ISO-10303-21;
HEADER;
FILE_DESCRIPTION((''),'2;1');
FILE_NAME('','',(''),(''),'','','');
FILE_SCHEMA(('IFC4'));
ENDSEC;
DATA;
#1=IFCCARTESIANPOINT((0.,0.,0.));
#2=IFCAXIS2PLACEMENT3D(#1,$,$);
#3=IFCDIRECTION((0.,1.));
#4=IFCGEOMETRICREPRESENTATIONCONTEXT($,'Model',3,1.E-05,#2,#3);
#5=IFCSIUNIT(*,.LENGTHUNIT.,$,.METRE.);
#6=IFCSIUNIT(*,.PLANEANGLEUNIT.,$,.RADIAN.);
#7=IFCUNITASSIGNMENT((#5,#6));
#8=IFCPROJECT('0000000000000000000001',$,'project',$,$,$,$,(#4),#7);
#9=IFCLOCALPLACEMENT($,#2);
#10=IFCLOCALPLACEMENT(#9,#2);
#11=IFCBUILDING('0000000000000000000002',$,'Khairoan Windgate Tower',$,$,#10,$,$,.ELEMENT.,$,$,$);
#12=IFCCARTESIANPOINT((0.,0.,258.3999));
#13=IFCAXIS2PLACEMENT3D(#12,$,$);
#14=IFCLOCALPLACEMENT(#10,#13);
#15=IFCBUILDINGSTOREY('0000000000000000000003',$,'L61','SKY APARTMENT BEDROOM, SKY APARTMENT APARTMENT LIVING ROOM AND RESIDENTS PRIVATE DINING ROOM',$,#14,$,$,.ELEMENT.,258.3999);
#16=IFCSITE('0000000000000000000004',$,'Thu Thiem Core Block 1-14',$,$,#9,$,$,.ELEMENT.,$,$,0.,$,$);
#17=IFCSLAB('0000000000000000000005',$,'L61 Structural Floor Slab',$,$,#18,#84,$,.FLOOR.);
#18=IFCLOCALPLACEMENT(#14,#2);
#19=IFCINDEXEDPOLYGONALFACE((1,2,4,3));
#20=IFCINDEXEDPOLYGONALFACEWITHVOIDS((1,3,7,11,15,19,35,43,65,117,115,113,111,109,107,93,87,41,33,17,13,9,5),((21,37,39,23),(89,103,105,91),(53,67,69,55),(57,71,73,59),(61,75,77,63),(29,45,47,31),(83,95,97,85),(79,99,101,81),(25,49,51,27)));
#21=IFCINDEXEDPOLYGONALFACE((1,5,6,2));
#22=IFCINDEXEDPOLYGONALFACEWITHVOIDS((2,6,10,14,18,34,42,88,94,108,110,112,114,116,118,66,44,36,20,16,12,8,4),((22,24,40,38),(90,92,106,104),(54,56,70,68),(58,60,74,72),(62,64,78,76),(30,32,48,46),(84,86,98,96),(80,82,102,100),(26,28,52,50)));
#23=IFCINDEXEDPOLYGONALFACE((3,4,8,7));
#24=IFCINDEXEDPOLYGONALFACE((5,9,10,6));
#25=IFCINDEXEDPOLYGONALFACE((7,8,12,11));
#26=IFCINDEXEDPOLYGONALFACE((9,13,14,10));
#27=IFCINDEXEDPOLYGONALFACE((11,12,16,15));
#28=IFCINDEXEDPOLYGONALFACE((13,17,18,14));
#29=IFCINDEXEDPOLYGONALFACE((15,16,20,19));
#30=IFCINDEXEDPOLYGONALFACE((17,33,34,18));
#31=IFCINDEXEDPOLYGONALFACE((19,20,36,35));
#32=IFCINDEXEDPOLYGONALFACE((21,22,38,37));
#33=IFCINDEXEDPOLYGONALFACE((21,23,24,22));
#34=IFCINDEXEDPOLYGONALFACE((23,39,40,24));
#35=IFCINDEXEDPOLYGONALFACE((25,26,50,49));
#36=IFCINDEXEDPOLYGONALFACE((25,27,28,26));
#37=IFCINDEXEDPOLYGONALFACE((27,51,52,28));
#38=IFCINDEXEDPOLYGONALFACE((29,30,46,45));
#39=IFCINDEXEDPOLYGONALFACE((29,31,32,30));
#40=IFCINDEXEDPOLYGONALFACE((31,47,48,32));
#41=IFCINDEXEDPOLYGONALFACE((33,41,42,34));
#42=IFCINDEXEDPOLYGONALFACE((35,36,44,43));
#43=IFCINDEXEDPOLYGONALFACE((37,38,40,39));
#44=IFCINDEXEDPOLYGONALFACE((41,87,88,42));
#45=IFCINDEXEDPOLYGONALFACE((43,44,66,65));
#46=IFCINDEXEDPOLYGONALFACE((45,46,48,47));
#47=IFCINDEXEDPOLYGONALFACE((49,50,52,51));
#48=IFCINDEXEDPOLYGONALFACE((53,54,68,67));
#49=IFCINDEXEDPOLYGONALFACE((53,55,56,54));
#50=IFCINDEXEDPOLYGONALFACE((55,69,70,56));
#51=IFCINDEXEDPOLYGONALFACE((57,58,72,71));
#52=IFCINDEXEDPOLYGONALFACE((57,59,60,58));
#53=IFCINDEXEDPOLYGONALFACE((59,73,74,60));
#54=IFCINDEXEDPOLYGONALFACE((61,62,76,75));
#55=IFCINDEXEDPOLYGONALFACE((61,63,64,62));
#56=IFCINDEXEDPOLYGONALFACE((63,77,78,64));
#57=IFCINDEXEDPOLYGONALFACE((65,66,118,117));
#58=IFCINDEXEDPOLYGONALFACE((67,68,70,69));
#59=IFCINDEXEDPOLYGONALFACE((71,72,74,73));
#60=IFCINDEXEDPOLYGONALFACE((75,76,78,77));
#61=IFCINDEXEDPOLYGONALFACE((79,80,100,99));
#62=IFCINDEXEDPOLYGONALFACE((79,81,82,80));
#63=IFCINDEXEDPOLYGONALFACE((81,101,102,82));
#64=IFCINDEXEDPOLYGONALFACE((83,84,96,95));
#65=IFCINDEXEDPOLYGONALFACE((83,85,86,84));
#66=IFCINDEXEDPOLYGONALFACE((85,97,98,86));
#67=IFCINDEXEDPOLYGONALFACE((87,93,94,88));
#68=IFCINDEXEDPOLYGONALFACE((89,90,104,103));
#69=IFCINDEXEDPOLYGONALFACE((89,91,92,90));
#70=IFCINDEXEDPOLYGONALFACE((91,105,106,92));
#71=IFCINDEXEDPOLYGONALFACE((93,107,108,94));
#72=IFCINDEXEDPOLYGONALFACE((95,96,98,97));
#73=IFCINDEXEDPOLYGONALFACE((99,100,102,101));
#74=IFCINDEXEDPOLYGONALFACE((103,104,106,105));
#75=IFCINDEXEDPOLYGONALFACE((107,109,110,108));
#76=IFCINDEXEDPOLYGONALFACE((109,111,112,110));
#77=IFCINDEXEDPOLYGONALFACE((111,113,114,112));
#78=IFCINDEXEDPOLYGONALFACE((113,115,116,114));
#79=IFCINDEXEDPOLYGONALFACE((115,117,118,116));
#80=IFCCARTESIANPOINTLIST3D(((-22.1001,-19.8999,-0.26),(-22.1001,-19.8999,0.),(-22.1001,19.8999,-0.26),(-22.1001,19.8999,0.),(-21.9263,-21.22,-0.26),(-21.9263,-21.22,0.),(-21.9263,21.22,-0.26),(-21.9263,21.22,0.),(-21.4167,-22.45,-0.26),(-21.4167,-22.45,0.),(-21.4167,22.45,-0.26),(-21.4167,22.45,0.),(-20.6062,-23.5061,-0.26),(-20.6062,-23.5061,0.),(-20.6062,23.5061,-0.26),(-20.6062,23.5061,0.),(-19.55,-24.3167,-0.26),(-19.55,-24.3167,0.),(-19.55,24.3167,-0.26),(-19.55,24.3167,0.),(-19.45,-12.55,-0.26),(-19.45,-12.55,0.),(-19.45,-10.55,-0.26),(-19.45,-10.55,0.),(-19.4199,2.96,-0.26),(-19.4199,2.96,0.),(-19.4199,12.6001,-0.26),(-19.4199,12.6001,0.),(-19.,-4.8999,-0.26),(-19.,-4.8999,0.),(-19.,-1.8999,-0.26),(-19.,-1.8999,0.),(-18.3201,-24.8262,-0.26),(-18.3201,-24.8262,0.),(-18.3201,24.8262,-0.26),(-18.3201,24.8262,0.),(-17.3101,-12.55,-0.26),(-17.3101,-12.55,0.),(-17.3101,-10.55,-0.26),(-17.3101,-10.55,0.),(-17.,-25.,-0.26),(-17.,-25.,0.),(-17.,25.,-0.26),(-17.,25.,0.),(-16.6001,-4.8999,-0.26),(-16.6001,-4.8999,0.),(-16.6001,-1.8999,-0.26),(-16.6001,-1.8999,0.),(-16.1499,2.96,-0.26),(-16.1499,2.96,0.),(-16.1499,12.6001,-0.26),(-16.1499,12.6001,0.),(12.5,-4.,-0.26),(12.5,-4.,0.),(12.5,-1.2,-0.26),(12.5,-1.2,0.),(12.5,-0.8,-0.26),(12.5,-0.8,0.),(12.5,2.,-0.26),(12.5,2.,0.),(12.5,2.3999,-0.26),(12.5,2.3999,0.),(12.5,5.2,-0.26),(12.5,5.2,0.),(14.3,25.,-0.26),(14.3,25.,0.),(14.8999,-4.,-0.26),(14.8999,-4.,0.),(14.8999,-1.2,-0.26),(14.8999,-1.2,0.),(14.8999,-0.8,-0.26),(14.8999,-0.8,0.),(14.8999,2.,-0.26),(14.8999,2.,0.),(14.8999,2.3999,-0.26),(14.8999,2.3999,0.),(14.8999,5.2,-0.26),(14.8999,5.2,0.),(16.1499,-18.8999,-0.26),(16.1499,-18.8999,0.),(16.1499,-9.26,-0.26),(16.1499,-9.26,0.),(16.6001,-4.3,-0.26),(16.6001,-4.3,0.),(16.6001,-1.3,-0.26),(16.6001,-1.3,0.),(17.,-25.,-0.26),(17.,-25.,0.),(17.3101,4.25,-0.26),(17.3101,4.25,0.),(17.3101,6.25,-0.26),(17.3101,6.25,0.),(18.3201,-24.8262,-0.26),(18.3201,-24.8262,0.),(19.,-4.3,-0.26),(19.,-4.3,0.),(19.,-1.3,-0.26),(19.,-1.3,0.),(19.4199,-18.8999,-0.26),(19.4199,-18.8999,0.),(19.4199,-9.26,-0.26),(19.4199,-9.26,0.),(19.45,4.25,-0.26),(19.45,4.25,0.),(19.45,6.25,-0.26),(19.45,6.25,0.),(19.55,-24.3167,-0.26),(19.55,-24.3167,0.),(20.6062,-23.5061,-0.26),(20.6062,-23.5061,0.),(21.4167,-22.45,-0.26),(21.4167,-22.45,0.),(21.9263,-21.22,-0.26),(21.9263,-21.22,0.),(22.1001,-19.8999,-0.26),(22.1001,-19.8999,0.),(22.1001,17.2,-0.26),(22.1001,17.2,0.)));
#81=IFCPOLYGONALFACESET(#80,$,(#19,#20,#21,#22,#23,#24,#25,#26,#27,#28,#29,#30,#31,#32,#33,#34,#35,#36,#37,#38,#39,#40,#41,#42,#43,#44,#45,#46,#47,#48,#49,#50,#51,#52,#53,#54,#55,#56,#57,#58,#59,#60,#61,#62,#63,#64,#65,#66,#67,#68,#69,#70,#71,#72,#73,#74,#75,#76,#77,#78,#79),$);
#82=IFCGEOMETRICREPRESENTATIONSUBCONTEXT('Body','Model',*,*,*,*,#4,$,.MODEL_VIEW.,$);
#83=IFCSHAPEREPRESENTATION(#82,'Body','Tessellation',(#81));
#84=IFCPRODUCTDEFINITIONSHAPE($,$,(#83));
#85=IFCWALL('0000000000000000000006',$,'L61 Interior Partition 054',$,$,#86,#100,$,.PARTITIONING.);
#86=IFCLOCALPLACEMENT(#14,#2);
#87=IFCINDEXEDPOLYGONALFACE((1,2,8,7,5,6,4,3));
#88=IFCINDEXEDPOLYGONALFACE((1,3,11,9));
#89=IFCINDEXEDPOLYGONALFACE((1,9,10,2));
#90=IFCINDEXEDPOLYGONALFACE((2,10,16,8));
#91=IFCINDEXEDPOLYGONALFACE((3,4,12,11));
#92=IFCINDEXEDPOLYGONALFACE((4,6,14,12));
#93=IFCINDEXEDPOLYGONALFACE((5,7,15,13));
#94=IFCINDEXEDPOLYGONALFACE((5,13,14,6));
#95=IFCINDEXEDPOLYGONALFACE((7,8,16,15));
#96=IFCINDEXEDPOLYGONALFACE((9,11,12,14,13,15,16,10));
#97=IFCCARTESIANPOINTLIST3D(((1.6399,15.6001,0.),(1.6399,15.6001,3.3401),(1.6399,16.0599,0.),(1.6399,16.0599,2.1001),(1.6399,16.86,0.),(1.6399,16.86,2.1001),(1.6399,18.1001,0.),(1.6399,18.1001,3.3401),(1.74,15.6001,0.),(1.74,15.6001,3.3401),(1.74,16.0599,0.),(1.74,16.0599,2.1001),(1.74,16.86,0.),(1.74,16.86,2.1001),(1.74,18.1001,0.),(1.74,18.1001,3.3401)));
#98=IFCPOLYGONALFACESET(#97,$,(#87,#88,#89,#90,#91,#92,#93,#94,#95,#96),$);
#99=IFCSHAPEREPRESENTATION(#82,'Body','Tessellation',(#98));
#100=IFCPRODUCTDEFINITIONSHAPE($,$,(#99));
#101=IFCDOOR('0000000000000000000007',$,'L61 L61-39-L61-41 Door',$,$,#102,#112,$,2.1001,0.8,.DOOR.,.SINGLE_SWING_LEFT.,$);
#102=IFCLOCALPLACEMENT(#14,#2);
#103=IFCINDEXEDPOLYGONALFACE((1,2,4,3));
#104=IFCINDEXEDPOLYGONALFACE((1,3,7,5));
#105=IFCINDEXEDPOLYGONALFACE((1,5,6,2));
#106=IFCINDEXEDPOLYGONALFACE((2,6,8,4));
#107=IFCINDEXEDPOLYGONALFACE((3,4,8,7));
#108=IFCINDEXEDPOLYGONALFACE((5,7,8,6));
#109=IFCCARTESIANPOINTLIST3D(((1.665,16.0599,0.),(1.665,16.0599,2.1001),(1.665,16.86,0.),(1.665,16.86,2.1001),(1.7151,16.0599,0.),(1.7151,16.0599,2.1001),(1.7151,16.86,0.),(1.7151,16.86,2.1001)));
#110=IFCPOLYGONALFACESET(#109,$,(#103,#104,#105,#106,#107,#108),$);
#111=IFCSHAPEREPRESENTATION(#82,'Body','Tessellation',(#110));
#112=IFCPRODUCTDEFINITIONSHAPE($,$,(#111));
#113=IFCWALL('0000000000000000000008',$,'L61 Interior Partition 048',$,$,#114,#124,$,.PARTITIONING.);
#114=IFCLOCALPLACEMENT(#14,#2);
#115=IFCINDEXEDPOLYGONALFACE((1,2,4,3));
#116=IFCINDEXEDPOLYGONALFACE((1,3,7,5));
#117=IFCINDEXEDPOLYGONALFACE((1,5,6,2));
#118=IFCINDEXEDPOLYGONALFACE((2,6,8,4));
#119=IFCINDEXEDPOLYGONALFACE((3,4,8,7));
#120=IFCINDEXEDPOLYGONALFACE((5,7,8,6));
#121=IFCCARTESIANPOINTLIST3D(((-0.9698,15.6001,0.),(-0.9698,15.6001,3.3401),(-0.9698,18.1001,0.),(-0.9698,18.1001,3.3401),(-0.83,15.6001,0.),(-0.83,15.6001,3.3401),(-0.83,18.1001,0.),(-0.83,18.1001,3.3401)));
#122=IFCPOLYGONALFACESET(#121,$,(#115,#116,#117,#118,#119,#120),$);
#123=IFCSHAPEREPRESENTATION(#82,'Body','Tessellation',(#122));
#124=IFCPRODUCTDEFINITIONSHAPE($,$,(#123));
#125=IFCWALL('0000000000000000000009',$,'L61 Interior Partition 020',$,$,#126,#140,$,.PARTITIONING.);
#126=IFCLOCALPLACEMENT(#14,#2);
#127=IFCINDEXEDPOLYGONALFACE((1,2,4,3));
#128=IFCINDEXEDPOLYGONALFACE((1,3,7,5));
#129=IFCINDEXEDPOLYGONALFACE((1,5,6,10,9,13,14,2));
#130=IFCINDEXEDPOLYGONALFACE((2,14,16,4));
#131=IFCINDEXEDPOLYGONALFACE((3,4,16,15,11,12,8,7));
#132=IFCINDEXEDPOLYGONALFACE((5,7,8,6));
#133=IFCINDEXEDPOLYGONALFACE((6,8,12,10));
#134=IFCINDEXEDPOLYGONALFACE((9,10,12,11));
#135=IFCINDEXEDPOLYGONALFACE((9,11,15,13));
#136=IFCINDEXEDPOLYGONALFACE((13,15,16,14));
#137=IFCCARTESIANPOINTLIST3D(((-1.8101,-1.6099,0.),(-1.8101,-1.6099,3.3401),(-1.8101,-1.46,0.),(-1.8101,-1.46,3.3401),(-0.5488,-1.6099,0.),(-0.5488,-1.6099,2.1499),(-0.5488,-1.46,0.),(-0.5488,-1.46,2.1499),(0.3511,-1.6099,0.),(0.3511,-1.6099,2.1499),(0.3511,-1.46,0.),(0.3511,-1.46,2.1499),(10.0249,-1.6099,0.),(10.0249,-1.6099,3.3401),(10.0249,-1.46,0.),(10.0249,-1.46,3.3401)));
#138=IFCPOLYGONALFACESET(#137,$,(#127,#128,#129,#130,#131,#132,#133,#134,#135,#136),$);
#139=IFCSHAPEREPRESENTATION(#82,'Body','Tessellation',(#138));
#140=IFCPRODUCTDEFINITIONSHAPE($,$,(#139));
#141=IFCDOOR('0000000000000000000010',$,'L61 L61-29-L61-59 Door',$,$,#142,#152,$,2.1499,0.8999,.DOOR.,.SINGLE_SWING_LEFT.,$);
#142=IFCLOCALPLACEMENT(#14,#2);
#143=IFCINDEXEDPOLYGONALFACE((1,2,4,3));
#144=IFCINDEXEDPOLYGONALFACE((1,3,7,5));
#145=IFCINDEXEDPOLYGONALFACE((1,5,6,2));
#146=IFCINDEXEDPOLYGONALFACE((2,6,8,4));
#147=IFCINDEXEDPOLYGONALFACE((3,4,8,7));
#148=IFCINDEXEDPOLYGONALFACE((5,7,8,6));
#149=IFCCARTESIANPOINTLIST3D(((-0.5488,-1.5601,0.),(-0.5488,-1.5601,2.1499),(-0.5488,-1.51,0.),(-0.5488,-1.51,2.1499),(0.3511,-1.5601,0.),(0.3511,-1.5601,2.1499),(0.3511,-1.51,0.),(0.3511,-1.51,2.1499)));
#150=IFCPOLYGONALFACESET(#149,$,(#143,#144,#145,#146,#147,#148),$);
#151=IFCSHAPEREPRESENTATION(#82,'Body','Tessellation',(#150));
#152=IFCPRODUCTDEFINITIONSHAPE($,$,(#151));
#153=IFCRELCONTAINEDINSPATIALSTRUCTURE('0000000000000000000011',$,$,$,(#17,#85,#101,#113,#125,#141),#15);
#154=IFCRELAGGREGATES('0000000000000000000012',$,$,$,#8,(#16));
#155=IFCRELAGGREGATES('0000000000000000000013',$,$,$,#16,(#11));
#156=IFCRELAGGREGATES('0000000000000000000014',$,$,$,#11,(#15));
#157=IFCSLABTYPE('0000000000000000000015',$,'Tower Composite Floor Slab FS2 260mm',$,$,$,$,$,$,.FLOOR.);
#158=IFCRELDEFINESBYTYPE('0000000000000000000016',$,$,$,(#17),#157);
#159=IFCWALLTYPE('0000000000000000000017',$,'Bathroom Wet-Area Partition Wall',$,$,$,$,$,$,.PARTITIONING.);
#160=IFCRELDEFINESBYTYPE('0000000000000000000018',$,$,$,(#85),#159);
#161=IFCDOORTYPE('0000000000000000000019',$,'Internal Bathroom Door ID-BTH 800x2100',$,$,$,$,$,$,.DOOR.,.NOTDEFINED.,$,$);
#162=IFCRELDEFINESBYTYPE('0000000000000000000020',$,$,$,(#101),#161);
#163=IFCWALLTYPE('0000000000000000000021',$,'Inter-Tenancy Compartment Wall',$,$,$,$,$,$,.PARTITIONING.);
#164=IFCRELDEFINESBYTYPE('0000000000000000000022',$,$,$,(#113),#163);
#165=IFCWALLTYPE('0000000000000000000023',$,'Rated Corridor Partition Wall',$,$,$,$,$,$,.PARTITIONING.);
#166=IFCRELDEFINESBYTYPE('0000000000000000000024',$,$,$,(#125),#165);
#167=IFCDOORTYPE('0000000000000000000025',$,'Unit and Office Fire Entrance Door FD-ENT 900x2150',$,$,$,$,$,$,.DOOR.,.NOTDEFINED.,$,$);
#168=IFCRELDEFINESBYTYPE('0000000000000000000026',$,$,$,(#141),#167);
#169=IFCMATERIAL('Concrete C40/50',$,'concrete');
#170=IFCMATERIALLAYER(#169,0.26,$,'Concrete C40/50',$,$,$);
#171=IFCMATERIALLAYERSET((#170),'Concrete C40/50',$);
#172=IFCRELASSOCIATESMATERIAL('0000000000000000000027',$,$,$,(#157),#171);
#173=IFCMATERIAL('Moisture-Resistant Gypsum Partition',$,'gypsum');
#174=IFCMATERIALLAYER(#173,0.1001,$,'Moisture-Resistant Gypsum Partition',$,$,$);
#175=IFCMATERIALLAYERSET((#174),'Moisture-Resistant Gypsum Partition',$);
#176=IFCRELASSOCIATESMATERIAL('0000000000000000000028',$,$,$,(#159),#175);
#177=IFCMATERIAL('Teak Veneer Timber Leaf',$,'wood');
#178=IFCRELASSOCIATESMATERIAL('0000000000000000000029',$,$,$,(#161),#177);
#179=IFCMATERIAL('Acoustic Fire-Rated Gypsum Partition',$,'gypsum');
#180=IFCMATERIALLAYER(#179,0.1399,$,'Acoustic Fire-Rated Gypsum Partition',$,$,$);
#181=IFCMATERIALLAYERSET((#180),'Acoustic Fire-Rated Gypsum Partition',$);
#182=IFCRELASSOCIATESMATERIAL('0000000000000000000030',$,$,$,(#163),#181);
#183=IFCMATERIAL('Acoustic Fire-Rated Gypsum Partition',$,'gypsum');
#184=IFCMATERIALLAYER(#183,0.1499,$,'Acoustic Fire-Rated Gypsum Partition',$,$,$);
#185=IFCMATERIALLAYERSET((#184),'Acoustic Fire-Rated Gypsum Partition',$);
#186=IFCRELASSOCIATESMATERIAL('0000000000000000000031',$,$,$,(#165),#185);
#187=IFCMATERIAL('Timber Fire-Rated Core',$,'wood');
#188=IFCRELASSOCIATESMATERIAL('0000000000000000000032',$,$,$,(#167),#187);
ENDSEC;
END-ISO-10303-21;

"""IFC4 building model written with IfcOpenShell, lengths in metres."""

from ifc_helpers import new_model, si_unit, direction, frame, frame_2d, origin, place, context, subcontext, project, spatial, polyline, rectangle, outline, extrude, material, layer, layer_set, type_object, element, fill, save


model = new_model("IFC4")

# Units and contexts
model_context = context("Model", 3, precision=1e-05, world=origin(), true_north=direction((0.0, 1.0)))
body_context = subcontext(model_context, "Body", "Model", "MODEL_VIEW")
ifc_project = project(units=[si_unit("LENGTHUNIT", "METRE"), si_unit("PLANEANGLEUNIT", "RADIAN")], contexts=[model_context])

# Site, building, storey
site_placement = place(None, origin())
site = spatial("IfcSite", under=ifc_project, at=site_placement, Name="Thu Thiem Core Block 1-14", CompositionType="ELEMENT", RefElevation=0.0)
building_placement = place(site_placement, origin())
building = spatial("IfcBuilding", under=site, at=building_placement, Name="Khairoan Windgate Tower", CompositionType="ELEMENT")
storey_placement = place(building_placement, frame((0.0, 0.0, 258.3999)))
storey = spatial("IfcBuildingStorey", under=building, at=storey_placement, Name="L61", Description="SKY APARTMENT BEDROOM, SKY APARTMENT APARTMENT LIVING ROOM AND RESIDENTS PRIVATE DINING ROOM", CompositionType="ELEMENT", Elevation=258.3999)

# Slab
ifc_material_1 = material(Name="Concrete C40/50", Category="concrete")
ifc_layer_1 = layer(ifc_material_1, 0.26, Name="Concrete C40/50")
ifc_layer_set_1 = layer_set([ifc_layer_1], Name="Concrete C40/50")
slab_type_1 = type_object("IfcSlabType", Name="Tower Composite Floor Slab FS2 260mm", PredefinedType="FLOOR", material=ifc_layer_set_1)
slab_1_placement = place(storey_placement, frame((0.0, 0.0, -0.26)))
element("IfcSlab", 1, at=slab_1_placement, inside=storey, type_object=slab_type_1, Name="L61 Structural Floor Slab", PredefinedType="FLOOR", context=body_context, shape_type="SweptSolid", body=[
    extrude(outline(polyline([(17.0, -25.0), (18.3201, -24.8262), (19.55, -24.3167), (20.6062, -23.5061), (21.4167, -22.45), (21.9263, -21.22), (22.1001, -19.8999), (22.1001, 17.2), (14.3, 25.0), (-17.0, 25.0), (-18.3201, 24.8262), (-19.55, 24.3167), (-20.6062, 23.5061), (-21.4167, 22.45), (-21.9263, 21.22), (-22.1001, 19.8999), (-22.1001, -19.8999), (-21.9263, -21.22), (-21.4167, -22.45), (-20.6062, -23.5061), (-19.55, -24.3167), (-18.3201, -24.8262), (-17.0, -25.0), (17.0, -25.0)]), holes=[polyline([(16.1499, -9.26), (16.1499, -18.8999), (19.4199, -18.8999), (19.4199, -9.26), (16.1499, -9.26)]), polyline([(-16.1499, 2.96), (-16.1499, 12.6001), (-19.4199, 12.6001), (-19.4199, 2.96), (-16.1499, 2.96)]), polyline([(12.5, 2.3999), (14.8999, 2.3999), (14.8999, 5.2), (12.5, 5.2), (12.5, 2.3999)]), polyline([(12.5, -0.8), (14.8999, -0.8), (14.8999, 2.0), (12.5, 2.0), (12.5, -0.8)]), polyline([(12.5, -4.0), (14.8999, -4.0), (14.8999, -1.2), (12.5, -1.2), (12.5, -4.0)]), polyline([(16.6001, -4.3), (19.0, -4.3), (19.0, -1.3), (16.6001, -1.3), (16.6001, -4.3)]), polyline([(-19.0, -4.8999), (-16.6001, -4.8999), (-16.6001, -1.8999), (-19.0, -1.8999), (-19.0, -4.8999)]), polyline([(-19.45, -12.55), (-17.3101, -12.55), (-17.3101, -10.55), (-19.45, -10.55), (-19.45, -12.55)]), polyline([(17.3101, 4.25), (19.45, 4.25), (19.45, 6.25), (17.3101, 6.25), (17.3101, 4.25)])]), origin(), (0.0, 0.0, 1.0), 0.26),
])

# Wall, opening, door
ifc_material_2 = material(Name="Moisture-Resistant Gypsum Partition", Category="gypsum")
ifc_layer_2 = layer(ifc_material_2, 0.1001, Name="Moisture-Resistant Gypsum Partition")
ifc_layer_set_2 = layer_set([ifc_layer_2], Name="Moisture-Resistant Gypsum Partition")
wall_type_1 = type_object("IfcWallType", Name="Bathroom Wet-Area Partition Wall", PredefinedType="PARTITIONING", material=ifc_layer_set_2)
wall_1_placement = place(storey_placement, frame((1.6899, 15.6001, 0.0), z_axis=(0.0, 0.0, 1.0), x_axis=(0.0, 1.0, 0.0)))
wall_1 = element("IfcWall", 2, at=wall_1_placement, inside=storey, type_object=wall_type_1, Name="L61 Interior Partition 054", PredefinedType="PARTITIONING", context=body_context, shape_type="SweptSolid", body=[
    extrude(rectangle(XDim=2.5, YDim=0.1001, at=frame_2d((1.25, 0.0))), origin(), (0.0, 0.0, 1.0), 3.3401),
])
opening_1_placement = place(wall_1_placement, frame((0.46, 0.0, 0.0)))
opening_1 = element("IfcOpeningElement", 3, at=opening_1_placement, cuts=wall_1, PredefinedType="OPENING", context=body_context, shape_type="SweptSolid", body=[
    extrude(rectangle(XDim=0.8, YDim=2.1001, at=frame_2d((0.3999, 1.05))), frame((0.0, 0.0601, 0.0), z_axis=(0.0, -1.0, 0.0), x_axis=(1.0, 0.0, 0.0)), (0.0, 0.0, 1.0), 0.1201),
])
ifc_material_3 = material(Name="Teak Veneer Timber Leaf", Category="wood")
door_type_1 = type_object("IfcDoorType", Name="Internal Bathroom Door ID-BTH 800x2100", OperationType="NOTDEFINED", PredefinedType="DOOR", material=ifc_material_3)
door_1_placement = place(opening_1_placement, origin())
door_1 = element("IfcDoor", 4, at=door_1_placement, inside=storey, type_object=door_type_1, Name="L61 L61-39-L61-41 Door", OperationType="SINGLE_SWING_LEFT", OverallHeight=2.1001, OverallWidth=0.8, PredefinedType="DOOR", context=body_context, shape_type="SweptSolid", body=[
    extrude(rectangle(XDim=0.8, YDim=2.1001, at=frame_2d((0.3999, 1.05))), frame((0.0, 0.0249, 0.0), z_axis=(0.0, -1.0, 0.0), x_axis=(1.0, 0.0, 0.0)), (0.0, 0.0, 1.0), 0.05),
])
fill(opening_1, door_1)

# Wall
ifc_material_4 = material(Name="Acoustic Fire-Rated Gypsum Partition", Category="gypsum")
ifc_layer_3 = layer(ifc_material_4, 0.1399, Name="Acoustic Fire-Rated Gypsum Partition")
ifc_layer_set_3 = layer_set([ifc_layer_3], Name="Acoustic Fire-Rated Gypsum Partition")
wall_type_2 = type_object("IfcWallType", Name="Inter-Tenancy Compartment Wall", PredefinedType="PARTITIONING", material=ifc_layer_set_3)
wall_2_placement = place(storey_placement, frame((-0.8999, 15.6001, 0.0), z_axis=(0.0, 0.0, 1.0), x_axis=(0.0, 1.0, 0.0)))
element("IfcWall", 5, at=wall_2_placement, inside=storey, type_object=wall_type_2, Name="L61 Interior Partition 048", PredefinedType="PARTITIONING", context=body_context, shape_type="SweptSolid", body=[
    extrude(rectangle(XDim=2.5, YDim=0.1399, at=frame_2d((1.25, 0.0))), origin(), (0.0, 0.0, 1.0), 3.3401),
])

# Wall, opening, door
ifc_material_5 = material(Name="Acoustic Fire-Rated Gypsum Partition", Category="gypsum")
ifc_layer_4 = layer(ifc_material_5, 0.1499, Name="Acoustic Fire-Rated Gypsum Partition")
ifc_layer_set_4 = layer_set([ifc_layer_4], Name="Acoustic Fire-Rated Gypsum Partition")
wall_type_3 = type_object("IfcWallType", Name="Rated Corridor Partition Wall", PredefinedType="PARTITIONING", material=ifc_layer_set_4)
wall_3_placement = place(storey_placement, frame((-1.8101, -1.5349, 0.0), z_axis=(0.0, 0.0, 1.0), x_axis=(1.0, 0.0, 0.0)))
wall_3 = element("IfcWall", 6, at=wall_3_placement, inside=storey, type_object=wall_type_3, Name="L61 Interior Partition 020", PredefinedType="PARTITIONING", context=body_context, shape_type="SweptSolid", body=[
    extrude(rectangle(XDim=11.835, YDim=0.1499, at=frame_2d((5.9175, 0.0))), origin(), (0.0, 0.0, 1.0), 3.3401),
])
opening_2_placement = place(wall_3_placement, frame((1.2612, 0.0, 0.0)))
opening_2 = element("IfcOpeningElement", 7, at=opening_2_placement, cuts=wall_3, PredefinedType="OPENING", context=body_context, shape_type="SweptSolid", body=[
    extrude(rectangle(XDim=0.8999, YDim=2.1499, at=frame_2d((0.45, 1.075))), frame((0.0, 0.085, 0.0), z_axis=(0.0, -1.0, 0.0), x_axis=(1.0, 0.0, 0.0)), (0.0, 0.0, 1.0), 0.1699),
])
ifc_material_6 = material(Name="Timber Fire-Rated Core", Category="wood")
door_type_2 = type_object("IfcDoorType", Name="Unit and Office Fire Entrance Door FD-ENT 900x2150", OperationType="NOTDEFINED", PredefinedType="DOOR", material=ifc_material_6)
door_2_placement = place(opening_2_placement, origin())
door_2 = element("IfcDoor", 8, at=door_2_placement, inside=storey, type_object=door_type_2, Name="L61 L61-29-L61-59 Door", OperationType="SINGLE_SWING_LEFT", OverallHeight=2.1499, OverallWidth=0.8999, PredefinedType="DOOR", context=body_context, shape_type="SweptSolid", body=[
    extrude(rectangle(XDim=0.8999, YDim=2.1499, at=frame_2d((0.45, 1.075))), frame((0.0, 0.0249, 0.0), z_axis=(0.0, -1.0, 0.0), x_axis=(1.0, 0.0, 0.0)), (0.0, 0.0, 1.0), 0.05),
])
fill(opening_2, door_2)

save(model, "model.ifc")
